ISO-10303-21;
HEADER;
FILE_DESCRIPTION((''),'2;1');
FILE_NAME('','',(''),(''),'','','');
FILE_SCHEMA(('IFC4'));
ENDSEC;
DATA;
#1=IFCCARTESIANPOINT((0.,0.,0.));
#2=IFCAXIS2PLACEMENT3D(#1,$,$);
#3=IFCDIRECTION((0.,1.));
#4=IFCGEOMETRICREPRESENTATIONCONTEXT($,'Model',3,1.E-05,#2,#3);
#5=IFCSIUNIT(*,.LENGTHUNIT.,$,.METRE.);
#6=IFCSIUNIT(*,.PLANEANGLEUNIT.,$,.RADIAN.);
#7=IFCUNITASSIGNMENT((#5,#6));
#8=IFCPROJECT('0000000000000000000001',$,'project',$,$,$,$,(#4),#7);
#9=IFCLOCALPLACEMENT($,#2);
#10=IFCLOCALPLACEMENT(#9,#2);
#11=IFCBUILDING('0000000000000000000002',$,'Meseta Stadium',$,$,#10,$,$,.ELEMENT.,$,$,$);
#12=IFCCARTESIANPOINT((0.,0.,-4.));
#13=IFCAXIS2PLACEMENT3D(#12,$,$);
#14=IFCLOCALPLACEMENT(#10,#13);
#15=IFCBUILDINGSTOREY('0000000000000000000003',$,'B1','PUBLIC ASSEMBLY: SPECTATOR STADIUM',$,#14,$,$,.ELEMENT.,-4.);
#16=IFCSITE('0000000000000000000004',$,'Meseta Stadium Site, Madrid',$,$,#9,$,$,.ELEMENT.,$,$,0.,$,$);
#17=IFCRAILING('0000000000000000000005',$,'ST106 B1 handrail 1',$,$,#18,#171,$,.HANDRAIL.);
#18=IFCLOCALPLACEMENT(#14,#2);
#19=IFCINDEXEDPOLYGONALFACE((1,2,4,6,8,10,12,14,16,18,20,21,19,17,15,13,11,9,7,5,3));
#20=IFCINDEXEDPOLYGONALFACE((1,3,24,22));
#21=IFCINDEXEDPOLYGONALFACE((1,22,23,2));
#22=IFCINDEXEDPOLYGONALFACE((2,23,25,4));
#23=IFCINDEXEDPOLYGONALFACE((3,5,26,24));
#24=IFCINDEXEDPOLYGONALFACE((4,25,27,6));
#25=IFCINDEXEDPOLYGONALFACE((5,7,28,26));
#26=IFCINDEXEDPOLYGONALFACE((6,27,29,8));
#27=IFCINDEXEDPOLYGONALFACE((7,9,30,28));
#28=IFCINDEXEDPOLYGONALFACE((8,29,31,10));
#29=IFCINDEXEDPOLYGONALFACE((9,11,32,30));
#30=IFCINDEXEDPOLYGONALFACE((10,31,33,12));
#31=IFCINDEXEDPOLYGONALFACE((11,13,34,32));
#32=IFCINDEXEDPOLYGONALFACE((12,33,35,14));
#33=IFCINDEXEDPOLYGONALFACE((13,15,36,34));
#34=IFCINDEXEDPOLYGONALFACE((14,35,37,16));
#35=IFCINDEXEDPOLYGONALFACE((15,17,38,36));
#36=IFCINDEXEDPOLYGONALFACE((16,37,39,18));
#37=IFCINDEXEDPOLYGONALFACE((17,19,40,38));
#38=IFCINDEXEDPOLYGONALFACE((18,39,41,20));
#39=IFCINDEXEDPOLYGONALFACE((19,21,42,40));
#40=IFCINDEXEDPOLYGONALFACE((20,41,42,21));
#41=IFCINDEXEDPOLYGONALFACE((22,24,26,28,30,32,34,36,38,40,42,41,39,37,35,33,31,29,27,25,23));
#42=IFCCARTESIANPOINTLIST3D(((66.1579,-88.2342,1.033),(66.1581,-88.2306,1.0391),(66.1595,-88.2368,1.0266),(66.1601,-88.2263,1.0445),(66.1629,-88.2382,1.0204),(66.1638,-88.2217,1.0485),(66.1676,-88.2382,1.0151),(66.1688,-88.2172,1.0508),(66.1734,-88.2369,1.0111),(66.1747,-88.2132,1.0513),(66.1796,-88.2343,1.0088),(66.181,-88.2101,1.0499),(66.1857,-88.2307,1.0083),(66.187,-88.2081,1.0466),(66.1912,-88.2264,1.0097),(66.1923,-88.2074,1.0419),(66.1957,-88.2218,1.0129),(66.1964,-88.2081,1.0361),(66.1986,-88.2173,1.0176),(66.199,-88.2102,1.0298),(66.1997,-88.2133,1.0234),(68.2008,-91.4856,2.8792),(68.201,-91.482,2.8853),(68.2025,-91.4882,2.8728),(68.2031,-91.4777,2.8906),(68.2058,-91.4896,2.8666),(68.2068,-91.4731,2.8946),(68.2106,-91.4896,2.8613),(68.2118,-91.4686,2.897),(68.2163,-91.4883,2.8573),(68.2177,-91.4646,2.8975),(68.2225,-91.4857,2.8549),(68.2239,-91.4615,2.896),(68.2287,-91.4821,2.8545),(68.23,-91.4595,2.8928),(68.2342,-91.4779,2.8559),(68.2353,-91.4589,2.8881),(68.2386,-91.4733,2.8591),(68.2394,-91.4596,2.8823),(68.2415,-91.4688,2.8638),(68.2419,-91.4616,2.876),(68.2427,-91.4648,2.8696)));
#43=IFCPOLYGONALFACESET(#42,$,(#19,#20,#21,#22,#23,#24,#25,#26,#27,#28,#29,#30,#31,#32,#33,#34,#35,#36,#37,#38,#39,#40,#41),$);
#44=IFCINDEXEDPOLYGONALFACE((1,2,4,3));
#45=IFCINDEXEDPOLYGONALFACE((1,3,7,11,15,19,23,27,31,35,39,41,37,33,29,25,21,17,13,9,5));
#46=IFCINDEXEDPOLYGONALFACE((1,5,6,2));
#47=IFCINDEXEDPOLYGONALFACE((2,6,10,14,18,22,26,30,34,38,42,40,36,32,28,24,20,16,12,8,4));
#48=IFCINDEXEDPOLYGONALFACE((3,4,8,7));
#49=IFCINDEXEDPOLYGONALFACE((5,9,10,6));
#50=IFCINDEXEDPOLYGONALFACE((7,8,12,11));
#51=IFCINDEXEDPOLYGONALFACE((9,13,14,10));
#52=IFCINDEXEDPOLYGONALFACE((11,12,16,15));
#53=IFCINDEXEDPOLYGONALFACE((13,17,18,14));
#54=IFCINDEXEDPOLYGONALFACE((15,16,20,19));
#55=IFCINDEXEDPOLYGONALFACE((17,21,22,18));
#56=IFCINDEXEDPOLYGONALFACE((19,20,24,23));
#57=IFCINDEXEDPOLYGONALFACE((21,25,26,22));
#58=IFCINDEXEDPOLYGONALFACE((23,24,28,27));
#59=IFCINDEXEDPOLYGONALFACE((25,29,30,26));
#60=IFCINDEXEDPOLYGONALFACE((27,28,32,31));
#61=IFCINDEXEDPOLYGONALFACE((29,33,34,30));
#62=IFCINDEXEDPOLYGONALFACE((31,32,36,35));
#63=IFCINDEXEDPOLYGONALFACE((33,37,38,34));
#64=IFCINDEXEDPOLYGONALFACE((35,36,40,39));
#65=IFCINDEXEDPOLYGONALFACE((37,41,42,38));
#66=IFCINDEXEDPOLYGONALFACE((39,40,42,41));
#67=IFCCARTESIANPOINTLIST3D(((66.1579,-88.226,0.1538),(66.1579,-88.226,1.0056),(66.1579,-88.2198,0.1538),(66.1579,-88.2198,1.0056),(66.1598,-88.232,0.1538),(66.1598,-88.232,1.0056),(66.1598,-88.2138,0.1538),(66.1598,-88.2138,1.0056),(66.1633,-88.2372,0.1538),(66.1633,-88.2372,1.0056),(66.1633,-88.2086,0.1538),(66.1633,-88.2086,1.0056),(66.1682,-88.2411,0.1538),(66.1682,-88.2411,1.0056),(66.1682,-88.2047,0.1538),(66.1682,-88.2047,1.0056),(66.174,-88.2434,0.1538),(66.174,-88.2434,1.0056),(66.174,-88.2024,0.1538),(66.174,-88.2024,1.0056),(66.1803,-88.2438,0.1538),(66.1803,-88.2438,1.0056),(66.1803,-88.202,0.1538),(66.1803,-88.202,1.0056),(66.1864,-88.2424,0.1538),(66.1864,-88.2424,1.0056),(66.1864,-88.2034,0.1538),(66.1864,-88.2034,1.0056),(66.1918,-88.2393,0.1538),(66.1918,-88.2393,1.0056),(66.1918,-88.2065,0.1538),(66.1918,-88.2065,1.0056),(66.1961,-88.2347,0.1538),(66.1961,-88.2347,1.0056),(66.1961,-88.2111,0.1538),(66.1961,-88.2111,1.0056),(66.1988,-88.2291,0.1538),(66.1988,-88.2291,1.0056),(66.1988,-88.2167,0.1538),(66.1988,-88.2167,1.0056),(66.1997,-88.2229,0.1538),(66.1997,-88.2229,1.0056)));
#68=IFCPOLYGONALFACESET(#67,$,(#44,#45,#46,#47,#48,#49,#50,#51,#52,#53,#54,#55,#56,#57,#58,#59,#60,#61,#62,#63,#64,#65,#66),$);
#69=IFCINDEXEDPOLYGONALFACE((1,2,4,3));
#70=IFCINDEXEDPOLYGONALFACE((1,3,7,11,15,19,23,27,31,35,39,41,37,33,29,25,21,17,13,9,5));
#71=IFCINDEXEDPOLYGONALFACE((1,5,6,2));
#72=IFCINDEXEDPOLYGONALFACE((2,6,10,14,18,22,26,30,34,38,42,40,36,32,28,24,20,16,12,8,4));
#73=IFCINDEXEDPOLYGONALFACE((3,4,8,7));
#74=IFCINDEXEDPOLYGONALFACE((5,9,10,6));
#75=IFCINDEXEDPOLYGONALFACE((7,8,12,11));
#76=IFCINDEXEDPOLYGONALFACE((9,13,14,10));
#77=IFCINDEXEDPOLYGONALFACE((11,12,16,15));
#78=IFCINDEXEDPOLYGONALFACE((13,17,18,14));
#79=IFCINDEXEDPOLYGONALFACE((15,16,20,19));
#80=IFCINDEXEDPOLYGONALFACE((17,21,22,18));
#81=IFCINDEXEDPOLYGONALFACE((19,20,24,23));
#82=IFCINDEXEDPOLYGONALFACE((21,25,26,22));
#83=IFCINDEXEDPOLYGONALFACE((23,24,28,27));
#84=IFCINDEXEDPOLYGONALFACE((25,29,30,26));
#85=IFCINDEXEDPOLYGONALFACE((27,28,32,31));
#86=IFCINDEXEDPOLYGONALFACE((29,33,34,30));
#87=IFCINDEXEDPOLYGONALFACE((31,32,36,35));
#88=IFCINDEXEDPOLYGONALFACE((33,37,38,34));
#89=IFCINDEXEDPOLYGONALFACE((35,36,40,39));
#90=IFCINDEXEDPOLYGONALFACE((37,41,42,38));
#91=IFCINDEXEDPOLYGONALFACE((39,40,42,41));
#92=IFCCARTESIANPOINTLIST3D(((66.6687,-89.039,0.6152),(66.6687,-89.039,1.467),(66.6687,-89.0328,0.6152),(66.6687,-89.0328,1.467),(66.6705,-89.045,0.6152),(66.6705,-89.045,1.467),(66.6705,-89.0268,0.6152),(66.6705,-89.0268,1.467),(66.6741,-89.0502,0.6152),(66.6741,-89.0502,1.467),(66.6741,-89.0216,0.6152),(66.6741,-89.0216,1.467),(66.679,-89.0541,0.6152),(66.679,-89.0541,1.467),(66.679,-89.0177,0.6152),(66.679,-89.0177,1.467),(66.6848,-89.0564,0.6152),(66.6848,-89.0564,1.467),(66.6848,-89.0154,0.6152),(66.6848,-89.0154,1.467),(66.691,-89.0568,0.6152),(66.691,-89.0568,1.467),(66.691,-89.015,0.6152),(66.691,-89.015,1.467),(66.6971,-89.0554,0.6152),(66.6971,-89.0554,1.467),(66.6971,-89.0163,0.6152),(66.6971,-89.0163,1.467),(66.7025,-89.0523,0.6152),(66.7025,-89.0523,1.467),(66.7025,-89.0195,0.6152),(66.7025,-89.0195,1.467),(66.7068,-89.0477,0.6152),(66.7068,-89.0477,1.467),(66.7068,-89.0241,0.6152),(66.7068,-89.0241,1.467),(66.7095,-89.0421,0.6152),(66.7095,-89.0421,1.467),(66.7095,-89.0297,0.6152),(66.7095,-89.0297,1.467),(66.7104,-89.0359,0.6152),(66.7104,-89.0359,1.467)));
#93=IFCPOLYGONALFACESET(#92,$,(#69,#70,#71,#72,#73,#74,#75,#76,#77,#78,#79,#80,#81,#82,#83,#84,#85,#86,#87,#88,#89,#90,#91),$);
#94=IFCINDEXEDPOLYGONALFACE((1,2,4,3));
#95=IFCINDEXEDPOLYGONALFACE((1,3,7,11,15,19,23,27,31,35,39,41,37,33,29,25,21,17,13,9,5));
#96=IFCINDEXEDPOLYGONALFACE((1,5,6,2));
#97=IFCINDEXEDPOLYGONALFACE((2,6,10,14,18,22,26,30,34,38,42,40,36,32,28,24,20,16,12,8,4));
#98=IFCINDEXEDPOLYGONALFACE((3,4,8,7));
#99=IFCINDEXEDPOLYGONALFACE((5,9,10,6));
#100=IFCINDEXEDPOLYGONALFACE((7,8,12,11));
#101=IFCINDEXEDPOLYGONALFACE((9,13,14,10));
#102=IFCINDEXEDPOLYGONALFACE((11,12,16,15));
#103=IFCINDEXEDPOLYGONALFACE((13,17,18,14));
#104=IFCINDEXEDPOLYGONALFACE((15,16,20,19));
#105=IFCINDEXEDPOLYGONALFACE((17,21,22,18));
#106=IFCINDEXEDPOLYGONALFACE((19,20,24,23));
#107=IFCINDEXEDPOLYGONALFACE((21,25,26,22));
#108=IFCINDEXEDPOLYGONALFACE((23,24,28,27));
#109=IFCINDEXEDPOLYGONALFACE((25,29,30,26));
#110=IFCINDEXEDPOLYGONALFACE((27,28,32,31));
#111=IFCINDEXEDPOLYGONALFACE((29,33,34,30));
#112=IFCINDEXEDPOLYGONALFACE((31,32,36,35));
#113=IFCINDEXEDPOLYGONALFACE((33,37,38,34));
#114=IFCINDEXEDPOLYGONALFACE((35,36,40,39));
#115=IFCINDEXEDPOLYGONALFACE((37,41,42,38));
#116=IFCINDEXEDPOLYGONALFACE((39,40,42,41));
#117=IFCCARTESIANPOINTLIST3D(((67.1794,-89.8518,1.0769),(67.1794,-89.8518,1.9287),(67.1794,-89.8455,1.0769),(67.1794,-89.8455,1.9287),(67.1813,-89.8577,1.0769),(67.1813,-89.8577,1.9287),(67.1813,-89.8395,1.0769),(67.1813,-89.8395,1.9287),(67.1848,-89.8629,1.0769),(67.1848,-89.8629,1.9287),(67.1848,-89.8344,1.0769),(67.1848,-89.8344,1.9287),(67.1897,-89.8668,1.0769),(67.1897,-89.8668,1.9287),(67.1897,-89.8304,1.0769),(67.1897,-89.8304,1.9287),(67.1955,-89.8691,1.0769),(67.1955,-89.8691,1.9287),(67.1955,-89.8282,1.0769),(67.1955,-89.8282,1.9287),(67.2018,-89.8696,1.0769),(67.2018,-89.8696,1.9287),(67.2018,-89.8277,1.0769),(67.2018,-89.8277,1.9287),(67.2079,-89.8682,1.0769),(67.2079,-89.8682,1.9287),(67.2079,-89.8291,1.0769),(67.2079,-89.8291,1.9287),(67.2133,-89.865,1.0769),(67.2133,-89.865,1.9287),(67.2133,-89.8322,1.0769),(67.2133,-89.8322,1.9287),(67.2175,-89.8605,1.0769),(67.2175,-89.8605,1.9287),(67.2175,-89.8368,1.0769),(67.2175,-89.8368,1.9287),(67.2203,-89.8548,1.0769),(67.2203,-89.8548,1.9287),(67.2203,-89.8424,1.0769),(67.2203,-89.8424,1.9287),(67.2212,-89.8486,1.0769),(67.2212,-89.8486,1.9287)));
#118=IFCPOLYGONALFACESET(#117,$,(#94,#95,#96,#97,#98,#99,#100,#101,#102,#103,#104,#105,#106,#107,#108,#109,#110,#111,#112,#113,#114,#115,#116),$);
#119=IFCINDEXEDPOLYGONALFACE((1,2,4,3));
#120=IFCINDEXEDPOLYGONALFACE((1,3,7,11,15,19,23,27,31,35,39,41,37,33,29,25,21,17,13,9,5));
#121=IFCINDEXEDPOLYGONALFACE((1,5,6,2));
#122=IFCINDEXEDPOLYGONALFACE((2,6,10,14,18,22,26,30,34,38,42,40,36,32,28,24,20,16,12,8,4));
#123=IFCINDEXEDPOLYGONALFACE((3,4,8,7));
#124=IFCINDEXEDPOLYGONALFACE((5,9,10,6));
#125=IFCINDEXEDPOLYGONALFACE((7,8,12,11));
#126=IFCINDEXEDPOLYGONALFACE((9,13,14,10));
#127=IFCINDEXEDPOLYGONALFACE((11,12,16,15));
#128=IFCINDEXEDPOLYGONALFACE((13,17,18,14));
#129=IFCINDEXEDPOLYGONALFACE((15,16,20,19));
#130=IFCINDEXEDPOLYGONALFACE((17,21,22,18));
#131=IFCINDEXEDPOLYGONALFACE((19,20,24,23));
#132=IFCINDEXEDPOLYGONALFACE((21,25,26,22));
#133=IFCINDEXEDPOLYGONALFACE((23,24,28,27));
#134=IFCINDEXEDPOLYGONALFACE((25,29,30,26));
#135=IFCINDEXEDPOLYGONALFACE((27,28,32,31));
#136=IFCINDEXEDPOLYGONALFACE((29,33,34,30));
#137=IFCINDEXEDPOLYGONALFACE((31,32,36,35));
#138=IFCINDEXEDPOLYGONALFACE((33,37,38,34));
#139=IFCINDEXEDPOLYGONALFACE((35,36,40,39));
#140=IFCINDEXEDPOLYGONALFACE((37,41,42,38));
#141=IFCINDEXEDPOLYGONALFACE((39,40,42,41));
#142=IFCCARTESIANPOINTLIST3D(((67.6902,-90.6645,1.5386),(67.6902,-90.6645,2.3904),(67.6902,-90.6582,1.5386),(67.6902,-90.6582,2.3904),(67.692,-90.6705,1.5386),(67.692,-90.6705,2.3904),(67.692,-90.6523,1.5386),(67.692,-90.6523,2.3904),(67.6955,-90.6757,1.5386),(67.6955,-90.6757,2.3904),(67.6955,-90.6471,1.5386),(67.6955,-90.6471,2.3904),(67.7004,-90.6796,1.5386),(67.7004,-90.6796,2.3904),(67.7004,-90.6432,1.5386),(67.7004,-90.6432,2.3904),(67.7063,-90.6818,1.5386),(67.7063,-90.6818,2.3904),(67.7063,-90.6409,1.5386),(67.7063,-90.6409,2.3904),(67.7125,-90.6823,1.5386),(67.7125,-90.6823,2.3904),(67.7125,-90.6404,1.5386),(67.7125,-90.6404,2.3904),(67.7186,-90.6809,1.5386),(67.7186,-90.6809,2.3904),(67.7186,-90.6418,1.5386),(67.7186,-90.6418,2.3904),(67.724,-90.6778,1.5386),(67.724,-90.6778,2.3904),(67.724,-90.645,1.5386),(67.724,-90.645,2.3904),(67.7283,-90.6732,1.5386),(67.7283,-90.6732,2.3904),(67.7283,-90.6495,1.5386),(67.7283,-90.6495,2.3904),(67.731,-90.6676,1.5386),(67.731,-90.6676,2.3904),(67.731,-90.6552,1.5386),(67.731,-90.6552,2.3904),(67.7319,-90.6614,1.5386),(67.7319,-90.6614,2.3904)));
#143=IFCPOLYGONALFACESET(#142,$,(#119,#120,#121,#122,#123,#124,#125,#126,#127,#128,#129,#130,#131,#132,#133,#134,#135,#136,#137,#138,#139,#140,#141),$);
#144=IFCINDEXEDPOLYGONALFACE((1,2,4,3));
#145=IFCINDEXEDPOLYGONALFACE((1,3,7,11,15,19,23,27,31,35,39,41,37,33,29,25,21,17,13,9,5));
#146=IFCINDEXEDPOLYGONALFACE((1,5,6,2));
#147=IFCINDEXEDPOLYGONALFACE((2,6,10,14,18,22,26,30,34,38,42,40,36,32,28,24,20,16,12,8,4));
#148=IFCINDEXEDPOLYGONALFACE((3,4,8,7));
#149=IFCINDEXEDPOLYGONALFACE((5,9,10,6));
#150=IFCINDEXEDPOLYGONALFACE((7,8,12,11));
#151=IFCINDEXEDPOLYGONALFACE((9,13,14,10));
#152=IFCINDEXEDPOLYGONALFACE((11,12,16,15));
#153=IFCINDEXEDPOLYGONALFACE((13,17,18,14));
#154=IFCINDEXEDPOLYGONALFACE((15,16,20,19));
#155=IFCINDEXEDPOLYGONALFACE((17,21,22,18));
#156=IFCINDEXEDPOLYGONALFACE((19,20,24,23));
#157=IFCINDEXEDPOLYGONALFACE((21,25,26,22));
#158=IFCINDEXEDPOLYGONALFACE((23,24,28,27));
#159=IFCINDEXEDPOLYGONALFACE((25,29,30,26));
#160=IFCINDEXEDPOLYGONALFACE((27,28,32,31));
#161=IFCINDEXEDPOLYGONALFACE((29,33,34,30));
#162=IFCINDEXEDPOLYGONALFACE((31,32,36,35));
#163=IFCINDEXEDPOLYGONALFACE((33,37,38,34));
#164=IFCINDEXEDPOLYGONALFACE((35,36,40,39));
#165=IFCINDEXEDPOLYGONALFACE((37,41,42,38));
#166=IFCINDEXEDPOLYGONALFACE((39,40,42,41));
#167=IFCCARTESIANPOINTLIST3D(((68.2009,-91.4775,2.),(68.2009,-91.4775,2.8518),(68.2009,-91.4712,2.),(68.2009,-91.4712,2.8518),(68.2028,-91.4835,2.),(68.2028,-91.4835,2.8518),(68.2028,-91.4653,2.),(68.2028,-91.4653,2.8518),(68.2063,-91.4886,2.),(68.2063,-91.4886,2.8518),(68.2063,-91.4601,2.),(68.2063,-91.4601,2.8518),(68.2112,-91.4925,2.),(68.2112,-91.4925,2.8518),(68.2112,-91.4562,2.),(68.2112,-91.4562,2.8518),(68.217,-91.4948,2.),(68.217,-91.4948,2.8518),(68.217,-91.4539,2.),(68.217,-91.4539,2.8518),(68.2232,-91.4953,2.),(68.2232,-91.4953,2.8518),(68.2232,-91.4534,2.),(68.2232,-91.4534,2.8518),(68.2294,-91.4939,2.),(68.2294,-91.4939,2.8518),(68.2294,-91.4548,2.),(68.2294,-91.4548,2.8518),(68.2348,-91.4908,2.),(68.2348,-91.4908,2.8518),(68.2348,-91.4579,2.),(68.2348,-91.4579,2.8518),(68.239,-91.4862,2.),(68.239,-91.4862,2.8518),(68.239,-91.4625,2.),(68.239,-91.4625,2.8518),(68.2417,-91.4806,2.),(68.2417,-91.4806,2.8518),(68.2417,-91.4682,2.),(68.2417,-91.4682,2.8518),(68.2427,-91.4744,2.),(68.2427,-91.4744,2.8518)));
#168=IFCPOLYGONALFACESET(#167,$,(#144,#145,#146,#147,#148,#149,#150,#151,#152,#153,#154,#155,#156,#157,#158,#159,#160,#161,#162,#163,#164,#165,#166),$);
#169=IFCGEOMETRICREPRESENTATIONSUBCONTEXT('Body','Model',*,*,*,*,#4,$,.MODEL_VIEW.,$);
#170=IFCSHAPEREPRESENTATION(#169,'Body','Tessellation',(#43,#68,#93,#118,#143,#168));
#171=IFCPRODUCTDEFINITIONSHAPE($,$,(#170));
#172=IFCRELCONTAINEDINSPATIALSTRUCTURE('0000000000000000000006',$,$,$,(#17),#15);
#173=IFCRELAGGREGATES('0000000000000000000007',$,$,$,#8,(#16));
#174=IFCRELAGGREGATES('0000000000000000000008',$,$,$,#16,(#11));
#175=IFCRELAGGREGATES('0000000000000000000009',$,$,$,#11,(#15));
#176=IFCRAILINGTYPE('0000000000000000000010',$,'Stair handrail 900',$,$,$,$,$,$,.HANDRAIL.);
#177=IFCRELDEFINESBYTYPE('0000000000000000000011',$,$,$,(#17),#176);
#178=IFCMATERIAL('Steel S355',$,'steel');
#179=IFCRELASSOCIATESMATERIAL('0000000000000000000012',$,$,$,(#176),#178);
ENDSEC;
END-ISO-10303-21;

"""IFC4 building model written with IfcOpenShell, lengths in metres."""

from ifc_helpers import new_model, si_unit, direction, frame, origin, origin_2d, place, context, subcontext, project, spatial, circle, extrude, material, type_object, element, save


model = new_model("IFC4")

# Units and contexts
model_context = context("Model", 3, precision=1e-05, world=origin(), true_north=direction((0.0, 1.0)))
body_context = subcontext(model_context, "Body", "Model", "MODEL_VIEW")
ifc_project = project(units=[si_unit("LENGTHUNIT", "METRE"), si_unit("PLANEANGLEUNIT", "RADIAN")], contexts=[model_context])

# Site, building, storey
site_placement = place(None, origin())
site = spatial("IfcSite", under=ifc_project, at=site_placement, Name="Meseta Stadium Site, Madrid", CompositionType="ELEMENT", RefElevation=0.0)
building_placement = place(site_placement, origin())
building = spatial("IfcBuilding", under=site, at=building_placement, Name="Meseta Stadium", CompositionType="ELEMENT")
storey_placement = place(building_placement, frame((0.0, 0.0, -4.0)))
storey = spatial("IfcBuildingStorey", under=building, at=storey_placement, Name="B1", Description="PUBLIC ASSEMBLY: SPECTATOR STADIUM", CompositionType="ELEMENT", Elevation=-4.0)

# Railing
ifc_material_1 = material(Name="Steel S355", Category="steel")
railing_type_1 = type_object("IfcRailingType", Name="Stair handrail 900", PredefinedType="HANDRAIL", material=ifc_material_1)
for number, where, name in (
    (1, (66.1787, -88.2229, 0.1538), "ST106 B1 handrail 1"),
):
    element("IfcRailing", number, at=place(storey_placement, frame(where)), inside=storey, type_object=railing_type_1, Name=name, PredefinedType="HANDRAIL", context=body_context, shape_type="SweptSolid", body=[
        extrude(circle(Radius=0.0239, at=origin_2d()), frame((0.0, 0.0, 0.876), z_axis=(0.479483, -0.763117, 0.4333), x_axis=(0.846731, 0.53202, 0.0)), (0.0, 0.0, 1.0), 4.2607),
        extrude(circle(Radius=0.021, at=origin_2d()), origin(), (0.0, 0.0, 1.0), 0.8518),
        extrude(circle(Radius=0.021, at=origin_2d()), frame((0.5107, -0.813, 0.4614)), (0.0, 0.0, 1.0), 0.8518),
        extrude(circle(Radius=0.021, at=origin_2d()), frame((1.0215, -1.6257, 0.9231)), (0.0, 0.0, 1.0), 0.8518),
        extrude(circle(Radius=0.021, at=origin_2d()), frame((1.5322, -2.4385, 1.3848)), (0.0, 0.0, 1.0), 0.8518),
        extrude(circle(Radius=0.021, at=origin_2d()), frame((2.043, -3.2515, 1.8462)), (0.0, 0.0, 1.0), 0.8518),
    ])

save(model, "model.ifc")
